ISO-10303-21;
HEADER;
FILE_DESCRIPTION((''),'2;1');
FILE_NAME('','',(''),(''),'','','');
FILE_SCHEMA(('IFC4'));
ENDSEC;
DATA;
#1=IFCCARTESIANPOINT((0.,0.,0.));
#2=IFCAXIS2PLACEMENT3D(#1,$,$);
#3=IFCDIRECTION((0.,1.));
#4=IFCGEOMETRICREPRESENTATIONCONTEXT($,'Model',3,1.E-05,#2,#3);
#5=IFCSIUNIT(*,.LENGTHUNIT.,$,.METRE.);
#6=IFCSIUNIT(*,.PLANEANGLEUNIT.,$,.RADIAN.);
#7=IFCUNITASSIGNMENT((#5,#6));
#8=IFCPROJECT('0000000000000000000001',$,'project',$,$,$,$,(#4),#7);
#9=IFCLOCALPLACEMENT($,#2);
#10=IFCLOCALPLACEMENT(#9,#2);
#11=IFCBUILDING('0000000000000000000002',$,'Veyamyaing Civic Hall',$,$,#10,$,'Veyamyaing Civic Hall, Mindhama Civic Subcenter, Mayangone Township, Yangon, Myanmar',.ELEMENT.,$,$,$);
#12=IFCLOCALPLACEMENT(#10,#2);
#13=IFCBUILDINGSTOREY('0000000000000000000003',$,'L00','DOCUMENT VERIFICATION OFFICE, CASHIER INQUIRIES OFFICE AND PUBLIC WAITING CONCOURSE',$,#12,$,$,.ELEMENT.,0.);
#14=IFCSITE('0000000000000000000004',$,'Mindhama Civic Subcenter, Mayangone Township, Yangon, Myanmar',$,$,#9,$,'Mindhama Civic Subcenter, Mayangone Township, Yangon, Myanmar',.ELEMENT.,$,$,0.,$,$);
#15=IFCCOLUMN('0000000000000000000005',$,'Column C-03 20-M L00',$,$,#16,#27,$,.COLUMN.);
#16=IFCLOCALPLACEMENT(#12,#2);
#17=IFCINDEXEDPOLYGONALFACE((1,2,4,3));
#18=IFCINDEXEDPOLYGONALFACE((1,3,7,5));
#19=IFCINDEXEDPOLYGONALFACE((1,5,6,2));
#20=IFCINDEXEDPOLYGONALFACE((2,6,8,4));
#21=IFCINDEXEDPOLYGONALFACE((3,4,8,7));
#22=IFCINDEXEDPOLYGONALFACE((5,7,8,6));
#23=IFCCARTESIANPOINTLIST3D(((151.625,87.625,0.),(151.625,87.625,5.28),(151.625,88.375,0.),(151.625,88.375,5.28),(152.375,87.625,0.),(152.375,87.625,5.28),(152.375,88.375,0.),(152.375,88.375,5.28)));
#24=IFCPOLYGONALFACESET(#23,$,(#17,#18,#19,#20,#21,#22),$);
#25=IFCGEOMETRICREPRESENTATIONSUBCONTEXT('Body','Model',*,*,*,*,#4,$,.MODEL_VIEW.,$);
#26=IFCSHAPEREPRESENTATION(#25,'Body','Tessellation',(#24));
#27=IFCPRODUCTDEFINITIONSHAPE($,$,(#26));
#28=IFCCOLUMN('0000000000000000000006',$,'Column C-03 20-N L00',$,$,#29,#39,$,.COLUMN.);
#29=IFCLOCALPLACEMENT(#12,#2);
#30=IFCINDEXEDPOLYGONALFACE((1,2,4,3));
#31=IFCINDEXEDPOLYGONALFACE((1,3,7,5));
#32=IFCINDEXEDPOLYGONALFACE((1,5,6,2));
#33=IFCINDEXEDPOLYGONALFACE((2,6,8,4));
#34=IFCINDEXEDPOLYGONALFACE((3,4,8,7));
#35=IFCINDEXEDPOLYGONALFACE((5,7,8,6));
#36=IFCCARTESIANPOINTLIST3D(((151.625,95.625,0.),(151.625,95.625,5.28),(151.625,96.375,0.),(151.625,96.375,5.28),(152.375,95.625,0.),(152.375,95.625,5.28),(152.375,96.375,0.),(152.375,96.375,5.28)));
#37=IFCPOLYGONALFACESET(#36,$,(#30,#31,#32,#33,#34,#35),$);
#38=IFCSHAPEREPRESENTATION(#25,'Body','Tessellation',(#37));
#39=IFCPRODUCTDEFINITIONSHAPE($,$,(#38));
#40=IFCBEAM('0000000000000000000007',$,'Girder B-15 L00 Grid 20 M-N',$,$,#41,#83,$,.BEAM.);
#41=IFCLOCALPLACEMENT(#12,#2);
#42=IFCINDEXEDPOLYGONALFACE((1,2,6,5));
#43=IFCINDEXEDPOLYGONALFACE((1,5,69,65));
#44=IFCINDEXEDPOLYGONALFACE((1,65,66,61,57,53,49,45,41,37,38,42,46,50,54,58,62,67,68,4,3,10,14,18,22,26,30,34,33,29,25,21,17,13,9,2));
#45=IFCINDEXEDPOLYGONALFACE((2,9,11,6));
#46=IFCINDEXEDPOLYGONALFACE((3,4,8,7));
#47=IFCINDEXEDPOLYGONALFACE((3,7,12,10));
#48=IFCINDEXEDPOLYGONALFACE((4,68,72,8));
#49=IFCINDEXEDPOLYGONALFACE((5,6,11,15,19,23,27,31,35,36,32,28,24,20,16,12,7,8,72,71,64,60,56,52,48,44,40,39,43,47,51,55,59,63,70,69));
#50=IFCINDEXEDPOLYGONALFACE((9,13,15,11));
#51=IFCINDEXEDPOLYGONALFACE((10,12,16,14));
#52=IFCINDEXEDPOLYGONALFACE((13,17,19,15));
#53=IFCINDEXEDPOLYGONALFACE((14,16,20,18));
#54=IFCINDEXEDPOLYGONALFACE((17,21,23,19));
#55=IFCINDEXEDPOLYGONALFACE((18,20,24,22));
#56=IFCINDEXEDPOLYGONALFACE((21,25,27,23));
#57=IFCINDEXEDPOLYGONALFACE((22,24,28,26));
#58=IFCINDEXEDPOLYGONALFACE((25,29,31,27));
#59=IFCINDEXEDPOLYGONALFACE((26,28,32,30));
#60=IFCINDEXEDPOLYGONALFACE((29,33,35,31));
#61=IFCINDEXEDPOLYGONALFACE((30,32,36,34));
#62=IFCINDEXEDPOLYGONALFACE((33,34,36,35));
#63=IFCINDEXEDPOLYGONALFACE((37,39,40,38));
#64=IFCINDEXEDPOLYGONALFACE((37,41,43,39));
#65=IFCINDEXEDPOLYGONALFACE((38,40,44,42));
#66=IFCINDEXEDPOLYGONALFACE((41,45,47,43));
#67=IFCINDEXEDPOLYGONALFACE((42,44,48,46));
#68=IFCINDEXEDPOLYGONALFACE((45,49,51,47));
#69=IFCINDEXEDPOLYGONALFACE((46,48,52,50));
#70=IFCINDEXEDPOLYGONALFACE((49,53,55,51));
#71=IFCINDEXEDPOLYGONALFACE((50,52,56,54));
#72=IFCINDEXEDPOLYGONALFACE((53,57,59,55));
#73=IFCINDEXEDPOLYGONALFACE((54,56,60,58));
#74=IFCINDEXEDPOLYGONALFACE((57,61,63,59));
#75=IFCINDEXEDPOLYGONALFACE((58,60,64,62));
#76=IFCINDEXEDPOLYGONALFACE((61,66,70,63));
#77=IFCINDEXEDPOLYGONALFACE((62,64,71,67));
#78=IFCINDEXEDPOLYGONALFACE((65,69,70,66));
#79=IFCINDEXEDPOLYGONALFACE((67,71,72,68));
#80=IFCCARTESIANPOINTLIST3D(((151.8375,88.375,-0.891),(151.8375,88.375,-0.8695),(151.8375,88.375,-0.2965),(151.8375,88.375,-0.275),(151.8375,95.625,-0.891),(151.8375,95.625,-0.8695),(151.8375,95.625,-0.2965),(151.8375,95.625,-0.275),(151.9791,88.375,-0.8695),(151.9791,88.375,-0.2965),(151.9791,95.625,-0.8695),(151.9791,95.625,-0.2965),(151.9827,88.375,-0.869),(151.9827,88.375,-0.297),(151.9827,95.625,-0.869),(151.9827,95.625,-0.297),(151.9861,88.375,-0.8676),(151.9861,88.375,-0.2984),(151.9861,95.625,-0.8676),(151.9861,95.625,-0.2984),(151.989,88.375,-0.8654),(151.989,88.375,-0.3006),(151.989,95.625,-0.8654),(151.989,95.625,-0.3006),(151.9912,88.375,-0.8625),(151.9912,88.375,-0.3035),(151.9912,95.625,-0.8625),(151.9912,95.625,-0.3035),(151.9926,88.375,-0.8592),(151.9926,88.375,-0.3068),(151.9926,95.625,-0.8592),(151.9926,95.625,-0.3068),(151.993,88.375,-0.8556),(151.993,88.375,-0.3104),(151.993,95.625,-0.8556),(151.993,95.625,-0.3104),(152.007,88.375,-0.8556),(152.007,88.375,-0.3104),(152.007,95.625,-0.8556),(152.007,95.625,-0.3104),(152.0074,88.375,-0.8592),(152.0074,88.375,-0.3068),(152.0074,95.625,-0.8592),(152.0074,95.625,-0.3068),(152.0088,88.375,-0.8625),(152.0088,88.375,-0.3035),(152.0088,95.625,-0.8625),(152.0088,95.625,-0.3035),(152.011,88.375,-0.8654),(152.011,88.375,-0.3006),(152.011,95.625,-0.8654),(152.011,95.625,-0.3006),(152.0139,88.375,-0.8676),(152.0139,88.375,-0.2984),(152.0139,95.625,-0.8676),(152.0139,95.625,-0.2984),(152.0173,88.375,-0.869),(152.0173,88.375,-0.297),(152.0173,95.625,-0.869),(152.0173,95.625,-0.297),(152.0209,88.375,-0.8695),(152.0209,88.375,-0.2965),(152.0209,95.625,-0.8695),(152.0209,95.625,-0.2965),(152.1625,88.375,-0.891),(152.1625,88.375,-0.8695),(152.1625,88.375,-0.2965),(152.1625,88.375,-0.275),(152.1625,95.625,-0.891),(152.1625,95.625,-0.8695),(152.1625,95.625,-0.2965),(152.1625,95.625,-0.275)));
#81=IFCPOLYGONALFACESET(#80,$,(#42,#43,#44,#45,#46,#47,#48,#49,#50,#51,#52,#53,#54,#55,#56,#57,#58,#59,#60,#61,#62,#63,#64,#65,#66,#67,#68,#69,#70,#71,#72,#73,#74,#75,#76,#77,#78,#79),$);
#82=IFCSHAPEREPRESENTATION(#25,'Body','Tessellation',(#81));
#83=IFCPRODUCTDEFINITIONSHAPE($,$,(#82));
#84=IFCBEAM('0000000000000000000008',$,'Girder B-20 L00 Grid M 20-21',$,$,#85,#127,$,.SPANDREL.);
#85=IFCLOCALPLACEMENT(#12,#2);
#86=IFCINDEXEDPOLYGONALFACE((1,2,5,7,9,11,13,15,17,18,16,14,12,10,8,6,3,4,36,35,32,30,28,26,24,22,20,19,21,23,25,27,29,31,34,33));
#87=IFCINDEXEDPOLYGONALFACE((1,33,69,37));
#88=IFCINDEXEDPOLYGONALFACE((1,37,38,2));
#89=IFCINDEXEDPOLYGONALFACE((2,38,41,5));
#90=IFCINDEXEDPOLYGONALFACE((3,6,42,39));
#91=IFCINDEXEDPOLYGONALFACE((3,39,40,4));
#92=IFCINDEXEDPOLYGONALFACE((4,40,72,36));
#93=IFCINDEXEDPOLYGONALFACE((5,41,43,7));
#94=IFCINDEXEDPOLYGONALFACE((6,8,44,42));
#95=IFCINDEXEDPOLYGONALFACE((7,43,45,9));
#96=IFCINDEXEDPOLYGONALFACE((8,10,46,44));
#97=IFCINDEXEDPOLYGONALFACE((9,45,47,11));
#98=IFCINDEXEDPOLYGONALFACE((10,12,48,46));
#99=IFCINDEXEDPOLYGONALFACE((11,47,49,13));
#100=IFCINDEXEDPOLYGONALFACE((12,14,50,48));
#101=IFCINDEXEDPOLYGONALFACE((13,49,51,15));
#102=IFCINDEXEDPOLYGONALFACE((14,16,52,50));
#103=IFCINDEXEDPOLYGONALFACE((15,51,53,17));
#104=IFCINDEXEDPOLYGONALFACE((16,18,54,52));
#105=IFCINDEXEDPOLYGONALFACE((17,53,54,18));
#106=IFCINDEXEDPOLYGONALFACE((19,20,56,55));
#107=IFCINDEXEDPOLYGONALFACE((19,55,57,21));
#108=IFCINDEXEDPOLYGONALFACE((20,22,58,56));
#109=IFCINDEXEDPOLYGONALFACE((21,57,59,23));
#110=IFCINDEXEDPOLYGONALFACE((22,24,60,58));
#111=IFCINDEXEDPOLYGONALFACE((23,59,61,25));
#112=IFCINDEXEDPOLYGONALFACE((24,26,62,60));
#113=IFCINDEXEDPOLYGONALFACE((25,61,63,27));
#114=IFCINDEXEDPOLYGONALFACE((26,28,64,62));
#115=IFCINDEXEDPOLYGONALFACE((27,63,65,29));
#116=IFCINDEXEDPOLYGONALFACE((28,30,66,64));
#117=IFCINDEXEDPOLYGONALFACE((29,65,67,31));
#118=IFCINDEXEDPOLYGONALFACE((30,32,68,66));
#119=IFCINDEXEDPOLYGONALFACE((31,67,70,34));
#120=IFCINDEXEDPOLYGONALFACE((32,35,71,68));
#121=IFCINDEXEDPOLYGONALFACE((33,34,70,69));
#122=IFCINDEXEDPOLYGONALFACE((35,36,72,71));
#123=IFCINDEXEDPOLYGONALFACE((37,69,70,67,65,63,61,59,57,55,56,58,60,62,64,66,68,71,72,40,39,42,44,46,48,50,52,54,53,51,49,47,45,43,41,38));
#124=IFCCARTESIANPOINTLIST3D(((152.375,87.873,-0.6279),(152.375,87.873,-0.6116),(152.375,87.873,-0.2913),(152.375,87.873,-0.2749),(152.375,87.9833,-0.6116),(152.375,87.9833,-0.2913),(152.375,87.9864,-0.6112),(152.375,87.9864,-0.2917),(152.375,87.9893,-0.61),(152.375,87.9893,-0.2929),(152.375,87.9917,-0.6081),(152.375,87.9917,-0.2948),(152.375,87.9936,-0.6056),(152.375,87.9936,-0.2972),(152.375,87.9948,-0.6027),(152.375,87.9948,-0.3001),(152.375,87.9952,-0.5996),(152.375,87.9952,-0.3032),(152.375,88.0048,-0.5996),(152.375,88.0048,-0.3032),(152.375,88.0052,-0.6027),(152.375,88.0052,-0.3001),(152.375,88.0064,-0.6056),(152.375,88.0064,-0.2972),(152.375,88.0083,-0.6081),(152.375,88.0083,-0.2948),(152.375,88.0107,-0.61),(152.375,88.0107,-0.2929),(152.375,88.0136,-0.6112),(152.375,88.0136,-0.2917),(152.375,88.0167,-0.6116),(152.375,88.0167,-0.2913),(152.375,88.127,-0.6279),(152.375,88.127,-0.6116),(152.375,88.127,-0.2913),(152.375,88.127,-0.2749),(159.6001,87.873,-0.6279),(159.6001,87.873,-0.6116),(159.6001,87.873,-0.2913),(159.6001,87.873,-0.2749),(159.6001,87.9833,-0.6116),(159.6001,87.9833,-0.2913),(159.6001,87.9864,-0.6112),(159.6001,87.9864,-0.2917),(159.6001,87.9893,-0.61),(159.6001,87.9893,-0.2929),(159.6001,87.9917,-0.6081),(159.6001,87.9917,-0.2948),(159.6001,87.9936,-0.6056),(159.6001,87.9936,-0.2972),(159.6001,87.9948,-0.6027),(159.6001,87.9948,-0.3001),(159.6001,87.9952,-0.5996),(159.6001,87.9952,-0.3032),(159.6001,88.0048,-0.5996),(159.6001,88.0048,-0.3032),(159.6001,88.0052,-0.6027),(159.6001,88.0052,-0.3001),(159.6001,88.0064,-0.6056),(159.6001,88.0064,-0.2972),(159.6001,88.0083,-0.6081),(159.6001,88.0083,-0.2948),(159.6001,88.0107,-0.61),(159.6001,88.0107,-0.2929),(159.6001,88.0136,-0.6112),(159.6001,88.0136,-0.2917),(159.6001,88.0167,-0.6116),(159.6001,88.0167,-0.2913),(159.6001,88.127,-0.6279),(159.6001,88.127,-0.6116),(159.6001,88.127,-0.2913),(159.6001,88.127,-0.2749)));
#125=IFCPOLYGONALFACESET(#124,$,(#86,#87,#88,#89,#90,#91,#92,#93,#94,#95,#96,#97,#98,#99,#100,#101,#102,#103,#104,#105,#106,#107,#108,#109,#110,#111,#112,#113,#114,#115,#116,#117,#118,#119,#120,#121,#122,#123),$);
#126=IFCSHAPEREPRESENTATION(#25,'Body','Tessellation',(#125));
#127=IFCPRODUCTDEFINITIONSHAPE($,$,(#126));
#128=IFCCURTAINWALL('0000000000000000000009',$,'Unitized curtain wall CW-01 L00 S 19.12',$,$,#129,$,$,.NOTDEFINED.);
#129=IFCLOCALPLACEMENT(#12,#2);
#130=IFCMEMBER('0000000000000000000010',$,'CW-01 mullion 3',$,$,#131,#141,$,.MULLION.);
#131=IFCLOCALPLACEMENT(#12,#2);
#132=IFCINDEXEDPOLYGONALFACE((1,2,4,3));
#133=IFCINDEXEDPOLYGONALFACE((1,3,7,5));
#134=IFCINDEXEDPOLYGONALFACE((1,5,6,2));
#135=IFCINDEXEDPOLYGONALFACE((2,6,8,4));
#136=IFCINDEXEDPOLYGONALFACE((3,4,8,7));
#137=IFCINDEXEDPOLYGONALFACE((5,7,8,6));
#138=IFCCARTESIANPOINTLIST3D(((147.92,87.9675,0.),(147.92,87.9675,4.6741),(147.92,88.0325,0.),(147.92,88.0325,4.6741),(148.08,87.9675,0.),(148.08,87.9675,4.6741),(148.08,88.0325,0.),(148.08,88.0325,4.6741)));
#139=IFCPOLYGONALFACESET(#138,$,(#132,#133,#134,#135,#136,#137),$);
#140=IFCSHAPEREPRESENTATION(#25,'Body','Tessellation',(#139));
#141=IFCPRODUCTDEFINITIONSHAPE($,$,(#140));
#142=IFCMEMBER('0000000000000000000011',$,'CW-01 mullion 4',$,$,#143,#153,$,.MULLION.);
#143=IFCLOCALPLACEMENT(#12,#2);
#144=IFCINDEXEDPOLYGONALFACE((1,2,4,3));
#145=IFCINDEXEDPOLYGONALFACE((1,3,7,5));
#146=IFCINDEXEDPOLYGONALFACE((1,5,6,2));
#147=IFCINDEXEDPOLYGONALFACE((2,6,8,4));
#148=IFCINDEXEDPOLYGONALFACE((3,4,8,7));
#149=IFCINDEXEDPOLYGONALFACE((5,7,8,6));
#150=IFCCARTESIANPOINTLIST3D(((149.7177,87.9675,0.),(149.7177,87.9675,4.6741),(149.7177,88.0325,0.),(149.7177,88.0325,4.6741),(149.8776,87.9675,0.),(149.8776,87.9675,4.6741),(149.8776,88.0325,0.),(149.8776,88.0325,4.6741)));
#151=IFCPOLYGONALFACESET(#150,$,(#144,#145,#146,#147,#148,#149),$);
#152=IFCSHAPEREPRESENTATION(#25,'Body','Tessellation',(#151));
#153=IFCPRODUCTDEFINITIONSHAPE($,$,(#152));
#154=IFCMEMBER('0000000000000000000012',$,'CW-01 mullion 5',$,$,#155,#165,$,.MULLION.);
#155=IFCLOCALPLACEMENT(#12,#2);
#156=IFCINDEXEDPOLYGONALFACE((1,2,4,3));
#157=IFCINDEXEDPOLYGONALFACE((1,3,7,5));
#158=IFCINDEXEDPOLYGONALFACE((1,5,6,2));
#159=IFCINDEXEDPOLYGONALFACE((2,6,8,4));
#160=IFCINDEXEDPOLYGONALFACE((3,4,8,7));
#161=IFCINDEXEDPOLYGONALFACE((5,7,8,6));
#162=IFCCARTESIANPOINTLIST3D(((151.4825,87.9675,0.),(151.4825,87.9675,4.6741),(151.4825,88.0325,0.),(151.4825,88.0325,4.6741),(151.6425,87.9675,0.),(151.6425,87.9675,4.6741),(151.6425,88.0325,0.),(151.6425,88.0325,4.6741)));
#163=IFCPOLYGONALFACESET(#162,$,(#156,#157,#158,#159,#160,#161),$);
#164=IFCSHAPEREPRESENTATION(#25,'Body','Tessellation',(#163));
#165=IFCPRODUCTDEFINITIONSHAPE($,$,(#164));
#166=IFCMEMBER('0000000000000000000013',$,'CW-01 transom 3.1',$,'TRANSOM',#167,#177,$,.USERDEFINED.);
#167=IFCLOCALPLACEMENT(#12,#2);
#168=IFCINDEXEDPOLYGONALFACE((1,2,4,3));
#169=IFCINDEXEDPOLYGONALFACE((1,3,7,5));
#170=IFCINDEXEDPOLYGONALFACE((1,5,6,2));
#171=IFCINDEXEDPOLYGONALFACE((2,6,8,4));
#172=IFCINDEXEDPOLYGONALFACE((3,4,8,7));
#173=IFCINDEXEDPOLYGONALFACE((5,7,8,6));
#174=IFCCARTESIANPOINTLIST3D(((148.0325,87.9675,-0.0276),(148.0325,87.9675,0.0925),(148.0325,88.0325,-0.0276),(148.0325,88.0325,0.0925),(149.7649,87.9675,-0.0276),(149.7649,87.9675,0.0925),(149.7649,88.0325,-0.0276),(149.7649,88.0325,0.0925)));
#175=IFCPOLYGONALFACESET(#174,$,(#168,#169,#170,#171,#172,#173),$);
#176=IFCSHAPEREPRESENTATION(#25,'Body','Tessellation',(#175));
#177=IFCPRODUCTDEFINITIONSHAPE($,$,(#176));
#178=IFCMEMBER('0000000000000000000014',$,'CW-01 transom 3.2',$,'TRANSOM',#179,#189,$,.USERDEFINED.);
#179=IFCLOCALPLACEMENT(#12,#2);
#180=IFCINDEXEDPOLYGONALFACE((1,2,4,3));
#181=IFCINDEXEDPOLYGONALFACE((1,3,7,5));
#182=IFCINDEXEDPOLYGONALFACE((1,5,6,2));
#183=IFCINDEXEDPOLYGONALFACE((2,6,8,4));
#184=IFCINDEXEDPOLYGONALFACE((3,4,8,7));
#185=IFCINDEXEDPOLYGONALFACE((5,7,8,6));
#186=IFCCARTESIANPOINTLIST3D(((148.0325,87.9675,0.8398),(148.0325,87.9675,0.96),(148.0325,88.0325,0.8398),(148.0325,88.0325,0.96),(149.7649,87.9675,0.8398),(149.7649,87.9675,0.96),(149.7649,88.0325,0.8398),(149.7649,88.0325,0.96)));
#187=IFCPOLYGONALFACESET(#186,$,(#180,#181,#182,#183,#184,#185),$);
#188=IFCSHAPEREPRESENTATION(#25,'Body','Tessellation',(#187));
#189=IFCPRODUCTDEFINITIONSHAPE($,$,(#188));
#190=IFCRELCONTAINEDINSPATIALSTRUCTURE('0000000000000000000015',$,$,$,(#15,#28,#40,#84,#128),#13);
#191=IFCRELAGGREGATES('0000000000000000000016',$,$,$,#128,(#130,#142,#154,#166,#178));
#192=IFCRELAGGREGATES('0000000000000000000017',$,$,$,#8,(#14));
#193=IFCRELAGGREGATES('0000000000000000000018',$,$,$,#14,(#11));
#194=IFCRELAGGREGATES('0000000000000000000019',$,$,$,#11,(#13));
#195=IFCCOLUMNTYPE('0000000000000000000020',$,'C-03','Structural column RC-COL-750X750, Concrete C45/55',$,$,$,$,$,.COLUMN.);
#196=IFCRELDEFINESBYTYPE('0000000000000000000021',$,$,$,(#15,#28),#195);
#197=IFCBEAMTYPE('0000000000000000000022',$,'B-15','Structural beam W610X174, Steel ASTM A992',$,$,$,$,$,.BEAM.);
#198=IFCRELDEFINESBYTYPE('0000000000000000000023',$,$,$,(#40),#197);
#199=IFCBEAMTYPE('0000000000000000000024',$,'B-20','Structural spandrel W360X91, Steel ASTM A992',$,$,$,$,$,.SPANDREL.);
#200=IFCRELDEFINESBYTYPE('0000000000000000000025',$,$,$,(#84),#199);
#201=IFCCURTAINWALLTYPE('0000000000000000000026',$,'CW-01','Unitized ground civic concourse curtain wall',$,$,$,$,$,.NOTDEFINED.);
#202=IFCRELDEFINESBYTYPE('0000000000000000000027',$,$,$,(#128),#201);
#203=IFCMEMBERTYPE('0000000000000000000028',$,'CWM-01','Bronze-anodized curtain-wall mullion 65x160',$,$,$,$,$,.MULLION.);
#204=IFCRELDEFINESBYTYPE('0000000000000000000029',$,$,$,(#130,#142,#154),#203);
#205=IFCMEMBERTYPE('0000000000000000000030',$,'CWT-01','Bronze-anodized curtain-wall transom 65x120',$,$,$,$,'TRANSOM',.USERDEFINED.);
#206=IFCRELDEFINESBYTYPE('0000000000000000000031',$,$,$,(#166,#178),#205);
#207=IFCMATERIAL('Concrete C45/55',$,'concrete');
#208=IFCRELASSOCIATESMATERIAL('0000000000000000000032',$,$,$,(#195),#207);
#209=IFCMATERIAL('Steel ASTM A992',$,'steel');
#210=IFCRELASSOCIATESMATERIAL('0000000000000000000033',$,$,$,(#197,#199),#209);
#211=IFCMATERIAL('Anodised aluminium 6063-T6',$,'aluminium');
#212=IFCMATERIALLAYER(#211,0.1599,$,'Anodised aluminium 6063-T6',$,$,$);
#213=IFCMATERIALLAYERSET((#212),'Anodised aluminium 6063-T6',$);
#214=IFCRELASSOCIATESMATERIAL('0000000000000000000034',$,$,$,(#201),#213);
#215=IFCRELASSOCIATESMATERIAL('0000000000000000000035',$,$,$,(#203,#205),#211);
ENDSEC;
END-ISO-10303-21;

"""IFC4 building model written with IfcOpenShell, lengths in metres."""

from ifc_helpers import new_model, si_unit, direction, frame, origin, origin_2d, place, context, subcontext, project, spatial, rectangle, i_section, extrude, material, layer, layer_set, material_profile, profile_set, type_object, element, aggregate, save


model = new_model("IFC4")

# Units and contexts
model_context = context("Model", 3, precision=1e-05, world=origin(), true_north=direction((0.0, 1.0)))
body_context = subcontext(model_context, "Body", "Model", "MODEL_VIEW")
ifc_project = project(units=[si_unit("LENGTHUNIT", "METRE"), si_unit("PLANEANGLEUNIT", "RADIAN")], contexts=[model_context])

# Site, building, storey
site_placement = place(None, origin())
site = spatial("IfcSite", under=ifc_project, at=site_placement, Name="Mindhama Civic Subcenter, Mayangone Township, Yangon, Myanmar", LongName="Mindhama Civic Subcenter, Mayangone Township, Yangon, Myanmar", CompositionType="ELEMENT", RefElevation=0.0)
building_placement = place(site_placement, origin())
building = spatial("IfcBuilding", under=site, at=building_placement, Name="Veyamyaing Civic Hall", LongName="Veyamyaing Civic Hall, Mindhama Civic Subcenter, Mayangone Township, Yangon, Myanmar", CompositionType="ELEMENT")
storey_placement = place(building_placement, origin())
storey = spatial("IfcBuildingStorey", under=building, at=storey_placement, Name="L00", Description="DOCUMENT VERIFICATION OFFICE, CASHIER INQUIRIES OFFICE AND PUBLIC WAITING CONCOURSE", CompositionType="ELEMENT", Elevation=0.0)

# Columns
ifc_material_1 = material(Name="Concrete C45/55", Category="concrete")
ifc_material_profile_1 = material_profile(ifc_material_1, rectangle(XDim=0.75, YDim=0.75, at=origin_2d()), Name="RC-COL-750X750")
ifc_profile_set_1 = profile_set([ifc_material_profile_1], Name="Concrete C45/55")
column_type = type_object("IfcColumnType", Name="C-03", Description="Structural column RC-COL-750X750, Concrete C45/55", PredefinedType="COLUMN", material=ifc_profile_set_1)
for number, where, z_axis, x_axis, name in (
    (1, (152.0, 88.0, 0.0), (0.0, 0.0, 1.0), (1.0, 0.0, 0.0), "Column C-03 20-M L00"),
    (2, (152.0, 96.0, 0.0), (0.0, 0.0, 1.0), (1.0, 0.0, 0.0), "Column C-03 20-N L00"),
):
    element("IfcColumn", number, at=place(storey_placement, frame(where, z_axis=z_axis, x_axis=x_axis)), inside=storey, type_object=column_type, Name=name, PredefinedType="COLUMN", context=body_context, shape_type="SweptSolid", body=[
        extrude(rectangle(XDim=0.75, YDim=0.75, at=origin_2d()), origin(), (0.0, 0.0, 1.0), 5.28),
    ])

# Beams
ifc_material_2 = material(Name="Steel ASTM A992", Category="steel")
ifc_material_profile_2 = material_profile(ifc_material_2, i_section(OverallWidth=0.325, OverallDepth=0.616, WebThickness=0.0139, FlangeThickness=0.0215, FilletRadius=0.0139, at=origin_2d()), Name="W610X174")
ifc_profile_set_2 = profile_set([ifc_material_profile_2], Name="Steel ASTM A992")
beam_type_1 = type_object("IfcBeamType", Name="B-15", Description="Structural beam W610X174, Steel ASTM A992", PredefinedType="BEAM", material=ifc_profile_set_2)
beam_1_placement = place(storey_placement, frame((152.0, 88.375, -0.583), z_axis=(0.0, 1.0, 0.0), x_axis=(-1.0, 0.0, 0.0)))
element("IfcBeam", 3, at=beam_1_placement, inside=storey, type_object=beam_type_1, Name="Girder B-15 L00 Grid 20 M-N", PredefinedType="BEAM", context=body_context, shape_type="SweptSolid", body=[
    extrude(i_section(OverallWidth=0.325, OverallDepth=0.616, WebThickness=0.0139, FlangeThickness=0.0215, FilletRadius=0.0139, at=origin_2d()), origin(), (0.0, 0.0, 1.0), 7.25),
])
ifc_material_profile_3 = material_profile(ifc_material_2, i_section(OverallWidth=0.2539, OverallDepth=0.353, WebThickness=0.0095, FlangeThickness=0.0164, FilletRadius=0.012, at=origin_2d()), Name="W360X91")
ifc_profile_set_3 = profile_set([ifc_material_profile_3], Name="Steel ASTM A992")
beam_type_2 = type_object("IfcBeamType", Name="B-20", Description="Structural spandrel W360X91, Steel ASTM A992", PredefinedType="SPANDREL", material=ifc_profile_set_3)
beam_2_placement = place(storey_placement, frame((152.375, 88.0, -0.4514), z_axis=(1.0, 0.0, 0.0), x_axis=(0.0, 1.0, 0.0)))
element("IfcBeam", 4, at=beam_2_placement, inside=storey, type_object=beam_type_2, Name="Girder B-20 L00 Grid M 20-21", PredefinedType="SPANDREL", context=body_context, shape_type="SweptSolid", body=[
    extrude(i_section(OverallWidth=0.2539, OverallDepth=0.353, WebThickness=0.0095, FlangeThickness=0.0164, FilletRadius=0.012, at=origin_2d()), origin(), (0.0, 0.0, 1.0), 7.2251),
])

# Curtain wall, members
ifc_material_3 = material(Name="Anodised aluminium 6063-T6", Category="aluminium")
ifc_layer_1 = layer(ifc_material_3, 0.1599, Name="Anodised aluminium 6063-T6")
ifc_layer_set_1 = layer_set([ifc_layer_1], Name="Anodised aluminium 6063-T6")
curtain_wall_type = type_object("IfcCurtainWallType", Name="CW-01", Description="Unitized ground civic concourse curtain wall", PredefinedType="NOTDEFINED", material=ifc_layer_set_1)
curtain_wall_placement = place(storey_placement, origin())
curtain_wall = element("IfcCurtainWall", 5, at=curtain_wall_placement, inside=storey, type_object=curtain_wall_type, Name="Unitized curtain wall CW-01 L00 S 19.12", PredefinedType="NOTDEFINED")
ifc_material_profile_4 = material_profile(ifc_material_3, rectangle(XDim=0.0649, YDim=0.1599, at=origin_2d()), Name="ALU-MUL-65X160")
ifc_profile_set_4 = profile_set([ifc_material_profile_4], Name="Anodised aluminium 6063-T6")
member_type_1 = type_object("IfcMemberType", Name="CWM-01", Description="Bronze-anodized curtain-wall mullion 65x160", PredefinedType="MULLION", material=ifc_profile_set_4)
member_1_placement = place(storey_placement, frame((148.0, 88.0, 0.0), z_axis=(0.0, 0.0, 1.0), x_axis=(0.0, 1.0, 0.0)))
member_1 = element("IfcMember", 6, at=member_1_placement, type_object=member_type_1, Name="CW-01 mullion 3", PredefinedType="MULLION", context=body_context, shape_type="SweptSolid", body=[
    extrude(rectangle(XDim=0.0649, YDim=0.1599, at=origin_2d()), origin(), (0.0, 0.0, 1.0), 4.6741),
])
member_2_placement = place(storey_placement, frame((149.7976, 88.0, 0.0), z_axis=(0.0, 0.0, 1.0), x_axis=(0.0, 1.0, 0.0)))
member_2 = element("IfcMember", 7, at=member_2_placement, type_object=member_type_1, Name="CW-01 mullion 4", PredefinedType="MULLION", context=body_context, shape_type="SweptSolid", body=[
    extrude(rectangle(XDim=0.0649, YDim=0.1599, at=origin_2d()), origin(), (0.0, 0.0, 1.0), 4.6741),
])
member_3_placement = place(storey_placement, frame((151.5625, 88.0, 0.0), z_axis=(0.0, 0.0, 1.0), x_axis=(0.0, 1.0, 0.0)))
member_3 = element("IfcMember", 8, at=member_3_placement, type_object=member_type_1, Name="CW-01 mullion 5", PredefinedType="MULLION", context=body_context, shape_type="SweptSolid", body=[
    extrude(rectangle(XDim=0.0649, YDim=0.1599, at=origin_2d()), origin(), (0.0, 0.0, 1.0), 4.6741),
])
ifc_material_profile_5 = material_profile(ifc_material_3, rectangle(XDim=0.0649, YDim=0.1201, at=origin_2d()), Name="ALU-TRN-65X120")
ifc_profile_set_5 = profile_set([ifc_material_profile_5], Name="Anodised aluminium 6063-T6")
member_type_2 = type_object("IfcMemberType", Name="CWT-01", Description="Bronze-anodized curtain-wall transom 65x120", ElementType="TRANSOM", PredefinedType="USERDEFINED", material=ifc_profile_set_5)
member_4_placement = place(storey_placement, frame((148.0325, 88.0, 0.0325), z_axis=(1.0, 0.0, 0.0), x_axis=(0.0, 1.0, 0.0)))
member_4 = element("IfcMember", 9, at=member_4_placement, type_object=member_type_2, Name="CW-01 transom 3.1", ObjectType="TRANSOM", PredefinedType="USERDEFINED", context=body_context, shape_type="SweptSolid", body=[
    extrude(rectangle(XDim=0.0649, YDim=0.1201, at=origin_2d()), origin(), (0.0, 0.0, 1.0), 1.7324),
])
member_5_placement = place(storey_placement, frame((148.0325, 88.0, 0.8999), z_axis=(1.0, 0.0, 0.0), x_axis=(0.0, 1.0, 0.0)))
member_5 = element("IfcMember", 10, at=member_5_placement, type_object=member_type_2, Name="CW-01 transom 3.2", ObjectType="TRANSOM", PredefinedType="USERDEFINED", context=body_context, shape_type="SweptSolid", body=[
    extrude(rectangle(XDim=0.0649, YDim=0.1201, at=origin_2d()), origin(), (0.0, 0.0, 1.0), 1.7324),
])

aggregate(curtain_wall, [member_1, member_2, member_3, member_4, member_5])

save(model, "model.ifc")
